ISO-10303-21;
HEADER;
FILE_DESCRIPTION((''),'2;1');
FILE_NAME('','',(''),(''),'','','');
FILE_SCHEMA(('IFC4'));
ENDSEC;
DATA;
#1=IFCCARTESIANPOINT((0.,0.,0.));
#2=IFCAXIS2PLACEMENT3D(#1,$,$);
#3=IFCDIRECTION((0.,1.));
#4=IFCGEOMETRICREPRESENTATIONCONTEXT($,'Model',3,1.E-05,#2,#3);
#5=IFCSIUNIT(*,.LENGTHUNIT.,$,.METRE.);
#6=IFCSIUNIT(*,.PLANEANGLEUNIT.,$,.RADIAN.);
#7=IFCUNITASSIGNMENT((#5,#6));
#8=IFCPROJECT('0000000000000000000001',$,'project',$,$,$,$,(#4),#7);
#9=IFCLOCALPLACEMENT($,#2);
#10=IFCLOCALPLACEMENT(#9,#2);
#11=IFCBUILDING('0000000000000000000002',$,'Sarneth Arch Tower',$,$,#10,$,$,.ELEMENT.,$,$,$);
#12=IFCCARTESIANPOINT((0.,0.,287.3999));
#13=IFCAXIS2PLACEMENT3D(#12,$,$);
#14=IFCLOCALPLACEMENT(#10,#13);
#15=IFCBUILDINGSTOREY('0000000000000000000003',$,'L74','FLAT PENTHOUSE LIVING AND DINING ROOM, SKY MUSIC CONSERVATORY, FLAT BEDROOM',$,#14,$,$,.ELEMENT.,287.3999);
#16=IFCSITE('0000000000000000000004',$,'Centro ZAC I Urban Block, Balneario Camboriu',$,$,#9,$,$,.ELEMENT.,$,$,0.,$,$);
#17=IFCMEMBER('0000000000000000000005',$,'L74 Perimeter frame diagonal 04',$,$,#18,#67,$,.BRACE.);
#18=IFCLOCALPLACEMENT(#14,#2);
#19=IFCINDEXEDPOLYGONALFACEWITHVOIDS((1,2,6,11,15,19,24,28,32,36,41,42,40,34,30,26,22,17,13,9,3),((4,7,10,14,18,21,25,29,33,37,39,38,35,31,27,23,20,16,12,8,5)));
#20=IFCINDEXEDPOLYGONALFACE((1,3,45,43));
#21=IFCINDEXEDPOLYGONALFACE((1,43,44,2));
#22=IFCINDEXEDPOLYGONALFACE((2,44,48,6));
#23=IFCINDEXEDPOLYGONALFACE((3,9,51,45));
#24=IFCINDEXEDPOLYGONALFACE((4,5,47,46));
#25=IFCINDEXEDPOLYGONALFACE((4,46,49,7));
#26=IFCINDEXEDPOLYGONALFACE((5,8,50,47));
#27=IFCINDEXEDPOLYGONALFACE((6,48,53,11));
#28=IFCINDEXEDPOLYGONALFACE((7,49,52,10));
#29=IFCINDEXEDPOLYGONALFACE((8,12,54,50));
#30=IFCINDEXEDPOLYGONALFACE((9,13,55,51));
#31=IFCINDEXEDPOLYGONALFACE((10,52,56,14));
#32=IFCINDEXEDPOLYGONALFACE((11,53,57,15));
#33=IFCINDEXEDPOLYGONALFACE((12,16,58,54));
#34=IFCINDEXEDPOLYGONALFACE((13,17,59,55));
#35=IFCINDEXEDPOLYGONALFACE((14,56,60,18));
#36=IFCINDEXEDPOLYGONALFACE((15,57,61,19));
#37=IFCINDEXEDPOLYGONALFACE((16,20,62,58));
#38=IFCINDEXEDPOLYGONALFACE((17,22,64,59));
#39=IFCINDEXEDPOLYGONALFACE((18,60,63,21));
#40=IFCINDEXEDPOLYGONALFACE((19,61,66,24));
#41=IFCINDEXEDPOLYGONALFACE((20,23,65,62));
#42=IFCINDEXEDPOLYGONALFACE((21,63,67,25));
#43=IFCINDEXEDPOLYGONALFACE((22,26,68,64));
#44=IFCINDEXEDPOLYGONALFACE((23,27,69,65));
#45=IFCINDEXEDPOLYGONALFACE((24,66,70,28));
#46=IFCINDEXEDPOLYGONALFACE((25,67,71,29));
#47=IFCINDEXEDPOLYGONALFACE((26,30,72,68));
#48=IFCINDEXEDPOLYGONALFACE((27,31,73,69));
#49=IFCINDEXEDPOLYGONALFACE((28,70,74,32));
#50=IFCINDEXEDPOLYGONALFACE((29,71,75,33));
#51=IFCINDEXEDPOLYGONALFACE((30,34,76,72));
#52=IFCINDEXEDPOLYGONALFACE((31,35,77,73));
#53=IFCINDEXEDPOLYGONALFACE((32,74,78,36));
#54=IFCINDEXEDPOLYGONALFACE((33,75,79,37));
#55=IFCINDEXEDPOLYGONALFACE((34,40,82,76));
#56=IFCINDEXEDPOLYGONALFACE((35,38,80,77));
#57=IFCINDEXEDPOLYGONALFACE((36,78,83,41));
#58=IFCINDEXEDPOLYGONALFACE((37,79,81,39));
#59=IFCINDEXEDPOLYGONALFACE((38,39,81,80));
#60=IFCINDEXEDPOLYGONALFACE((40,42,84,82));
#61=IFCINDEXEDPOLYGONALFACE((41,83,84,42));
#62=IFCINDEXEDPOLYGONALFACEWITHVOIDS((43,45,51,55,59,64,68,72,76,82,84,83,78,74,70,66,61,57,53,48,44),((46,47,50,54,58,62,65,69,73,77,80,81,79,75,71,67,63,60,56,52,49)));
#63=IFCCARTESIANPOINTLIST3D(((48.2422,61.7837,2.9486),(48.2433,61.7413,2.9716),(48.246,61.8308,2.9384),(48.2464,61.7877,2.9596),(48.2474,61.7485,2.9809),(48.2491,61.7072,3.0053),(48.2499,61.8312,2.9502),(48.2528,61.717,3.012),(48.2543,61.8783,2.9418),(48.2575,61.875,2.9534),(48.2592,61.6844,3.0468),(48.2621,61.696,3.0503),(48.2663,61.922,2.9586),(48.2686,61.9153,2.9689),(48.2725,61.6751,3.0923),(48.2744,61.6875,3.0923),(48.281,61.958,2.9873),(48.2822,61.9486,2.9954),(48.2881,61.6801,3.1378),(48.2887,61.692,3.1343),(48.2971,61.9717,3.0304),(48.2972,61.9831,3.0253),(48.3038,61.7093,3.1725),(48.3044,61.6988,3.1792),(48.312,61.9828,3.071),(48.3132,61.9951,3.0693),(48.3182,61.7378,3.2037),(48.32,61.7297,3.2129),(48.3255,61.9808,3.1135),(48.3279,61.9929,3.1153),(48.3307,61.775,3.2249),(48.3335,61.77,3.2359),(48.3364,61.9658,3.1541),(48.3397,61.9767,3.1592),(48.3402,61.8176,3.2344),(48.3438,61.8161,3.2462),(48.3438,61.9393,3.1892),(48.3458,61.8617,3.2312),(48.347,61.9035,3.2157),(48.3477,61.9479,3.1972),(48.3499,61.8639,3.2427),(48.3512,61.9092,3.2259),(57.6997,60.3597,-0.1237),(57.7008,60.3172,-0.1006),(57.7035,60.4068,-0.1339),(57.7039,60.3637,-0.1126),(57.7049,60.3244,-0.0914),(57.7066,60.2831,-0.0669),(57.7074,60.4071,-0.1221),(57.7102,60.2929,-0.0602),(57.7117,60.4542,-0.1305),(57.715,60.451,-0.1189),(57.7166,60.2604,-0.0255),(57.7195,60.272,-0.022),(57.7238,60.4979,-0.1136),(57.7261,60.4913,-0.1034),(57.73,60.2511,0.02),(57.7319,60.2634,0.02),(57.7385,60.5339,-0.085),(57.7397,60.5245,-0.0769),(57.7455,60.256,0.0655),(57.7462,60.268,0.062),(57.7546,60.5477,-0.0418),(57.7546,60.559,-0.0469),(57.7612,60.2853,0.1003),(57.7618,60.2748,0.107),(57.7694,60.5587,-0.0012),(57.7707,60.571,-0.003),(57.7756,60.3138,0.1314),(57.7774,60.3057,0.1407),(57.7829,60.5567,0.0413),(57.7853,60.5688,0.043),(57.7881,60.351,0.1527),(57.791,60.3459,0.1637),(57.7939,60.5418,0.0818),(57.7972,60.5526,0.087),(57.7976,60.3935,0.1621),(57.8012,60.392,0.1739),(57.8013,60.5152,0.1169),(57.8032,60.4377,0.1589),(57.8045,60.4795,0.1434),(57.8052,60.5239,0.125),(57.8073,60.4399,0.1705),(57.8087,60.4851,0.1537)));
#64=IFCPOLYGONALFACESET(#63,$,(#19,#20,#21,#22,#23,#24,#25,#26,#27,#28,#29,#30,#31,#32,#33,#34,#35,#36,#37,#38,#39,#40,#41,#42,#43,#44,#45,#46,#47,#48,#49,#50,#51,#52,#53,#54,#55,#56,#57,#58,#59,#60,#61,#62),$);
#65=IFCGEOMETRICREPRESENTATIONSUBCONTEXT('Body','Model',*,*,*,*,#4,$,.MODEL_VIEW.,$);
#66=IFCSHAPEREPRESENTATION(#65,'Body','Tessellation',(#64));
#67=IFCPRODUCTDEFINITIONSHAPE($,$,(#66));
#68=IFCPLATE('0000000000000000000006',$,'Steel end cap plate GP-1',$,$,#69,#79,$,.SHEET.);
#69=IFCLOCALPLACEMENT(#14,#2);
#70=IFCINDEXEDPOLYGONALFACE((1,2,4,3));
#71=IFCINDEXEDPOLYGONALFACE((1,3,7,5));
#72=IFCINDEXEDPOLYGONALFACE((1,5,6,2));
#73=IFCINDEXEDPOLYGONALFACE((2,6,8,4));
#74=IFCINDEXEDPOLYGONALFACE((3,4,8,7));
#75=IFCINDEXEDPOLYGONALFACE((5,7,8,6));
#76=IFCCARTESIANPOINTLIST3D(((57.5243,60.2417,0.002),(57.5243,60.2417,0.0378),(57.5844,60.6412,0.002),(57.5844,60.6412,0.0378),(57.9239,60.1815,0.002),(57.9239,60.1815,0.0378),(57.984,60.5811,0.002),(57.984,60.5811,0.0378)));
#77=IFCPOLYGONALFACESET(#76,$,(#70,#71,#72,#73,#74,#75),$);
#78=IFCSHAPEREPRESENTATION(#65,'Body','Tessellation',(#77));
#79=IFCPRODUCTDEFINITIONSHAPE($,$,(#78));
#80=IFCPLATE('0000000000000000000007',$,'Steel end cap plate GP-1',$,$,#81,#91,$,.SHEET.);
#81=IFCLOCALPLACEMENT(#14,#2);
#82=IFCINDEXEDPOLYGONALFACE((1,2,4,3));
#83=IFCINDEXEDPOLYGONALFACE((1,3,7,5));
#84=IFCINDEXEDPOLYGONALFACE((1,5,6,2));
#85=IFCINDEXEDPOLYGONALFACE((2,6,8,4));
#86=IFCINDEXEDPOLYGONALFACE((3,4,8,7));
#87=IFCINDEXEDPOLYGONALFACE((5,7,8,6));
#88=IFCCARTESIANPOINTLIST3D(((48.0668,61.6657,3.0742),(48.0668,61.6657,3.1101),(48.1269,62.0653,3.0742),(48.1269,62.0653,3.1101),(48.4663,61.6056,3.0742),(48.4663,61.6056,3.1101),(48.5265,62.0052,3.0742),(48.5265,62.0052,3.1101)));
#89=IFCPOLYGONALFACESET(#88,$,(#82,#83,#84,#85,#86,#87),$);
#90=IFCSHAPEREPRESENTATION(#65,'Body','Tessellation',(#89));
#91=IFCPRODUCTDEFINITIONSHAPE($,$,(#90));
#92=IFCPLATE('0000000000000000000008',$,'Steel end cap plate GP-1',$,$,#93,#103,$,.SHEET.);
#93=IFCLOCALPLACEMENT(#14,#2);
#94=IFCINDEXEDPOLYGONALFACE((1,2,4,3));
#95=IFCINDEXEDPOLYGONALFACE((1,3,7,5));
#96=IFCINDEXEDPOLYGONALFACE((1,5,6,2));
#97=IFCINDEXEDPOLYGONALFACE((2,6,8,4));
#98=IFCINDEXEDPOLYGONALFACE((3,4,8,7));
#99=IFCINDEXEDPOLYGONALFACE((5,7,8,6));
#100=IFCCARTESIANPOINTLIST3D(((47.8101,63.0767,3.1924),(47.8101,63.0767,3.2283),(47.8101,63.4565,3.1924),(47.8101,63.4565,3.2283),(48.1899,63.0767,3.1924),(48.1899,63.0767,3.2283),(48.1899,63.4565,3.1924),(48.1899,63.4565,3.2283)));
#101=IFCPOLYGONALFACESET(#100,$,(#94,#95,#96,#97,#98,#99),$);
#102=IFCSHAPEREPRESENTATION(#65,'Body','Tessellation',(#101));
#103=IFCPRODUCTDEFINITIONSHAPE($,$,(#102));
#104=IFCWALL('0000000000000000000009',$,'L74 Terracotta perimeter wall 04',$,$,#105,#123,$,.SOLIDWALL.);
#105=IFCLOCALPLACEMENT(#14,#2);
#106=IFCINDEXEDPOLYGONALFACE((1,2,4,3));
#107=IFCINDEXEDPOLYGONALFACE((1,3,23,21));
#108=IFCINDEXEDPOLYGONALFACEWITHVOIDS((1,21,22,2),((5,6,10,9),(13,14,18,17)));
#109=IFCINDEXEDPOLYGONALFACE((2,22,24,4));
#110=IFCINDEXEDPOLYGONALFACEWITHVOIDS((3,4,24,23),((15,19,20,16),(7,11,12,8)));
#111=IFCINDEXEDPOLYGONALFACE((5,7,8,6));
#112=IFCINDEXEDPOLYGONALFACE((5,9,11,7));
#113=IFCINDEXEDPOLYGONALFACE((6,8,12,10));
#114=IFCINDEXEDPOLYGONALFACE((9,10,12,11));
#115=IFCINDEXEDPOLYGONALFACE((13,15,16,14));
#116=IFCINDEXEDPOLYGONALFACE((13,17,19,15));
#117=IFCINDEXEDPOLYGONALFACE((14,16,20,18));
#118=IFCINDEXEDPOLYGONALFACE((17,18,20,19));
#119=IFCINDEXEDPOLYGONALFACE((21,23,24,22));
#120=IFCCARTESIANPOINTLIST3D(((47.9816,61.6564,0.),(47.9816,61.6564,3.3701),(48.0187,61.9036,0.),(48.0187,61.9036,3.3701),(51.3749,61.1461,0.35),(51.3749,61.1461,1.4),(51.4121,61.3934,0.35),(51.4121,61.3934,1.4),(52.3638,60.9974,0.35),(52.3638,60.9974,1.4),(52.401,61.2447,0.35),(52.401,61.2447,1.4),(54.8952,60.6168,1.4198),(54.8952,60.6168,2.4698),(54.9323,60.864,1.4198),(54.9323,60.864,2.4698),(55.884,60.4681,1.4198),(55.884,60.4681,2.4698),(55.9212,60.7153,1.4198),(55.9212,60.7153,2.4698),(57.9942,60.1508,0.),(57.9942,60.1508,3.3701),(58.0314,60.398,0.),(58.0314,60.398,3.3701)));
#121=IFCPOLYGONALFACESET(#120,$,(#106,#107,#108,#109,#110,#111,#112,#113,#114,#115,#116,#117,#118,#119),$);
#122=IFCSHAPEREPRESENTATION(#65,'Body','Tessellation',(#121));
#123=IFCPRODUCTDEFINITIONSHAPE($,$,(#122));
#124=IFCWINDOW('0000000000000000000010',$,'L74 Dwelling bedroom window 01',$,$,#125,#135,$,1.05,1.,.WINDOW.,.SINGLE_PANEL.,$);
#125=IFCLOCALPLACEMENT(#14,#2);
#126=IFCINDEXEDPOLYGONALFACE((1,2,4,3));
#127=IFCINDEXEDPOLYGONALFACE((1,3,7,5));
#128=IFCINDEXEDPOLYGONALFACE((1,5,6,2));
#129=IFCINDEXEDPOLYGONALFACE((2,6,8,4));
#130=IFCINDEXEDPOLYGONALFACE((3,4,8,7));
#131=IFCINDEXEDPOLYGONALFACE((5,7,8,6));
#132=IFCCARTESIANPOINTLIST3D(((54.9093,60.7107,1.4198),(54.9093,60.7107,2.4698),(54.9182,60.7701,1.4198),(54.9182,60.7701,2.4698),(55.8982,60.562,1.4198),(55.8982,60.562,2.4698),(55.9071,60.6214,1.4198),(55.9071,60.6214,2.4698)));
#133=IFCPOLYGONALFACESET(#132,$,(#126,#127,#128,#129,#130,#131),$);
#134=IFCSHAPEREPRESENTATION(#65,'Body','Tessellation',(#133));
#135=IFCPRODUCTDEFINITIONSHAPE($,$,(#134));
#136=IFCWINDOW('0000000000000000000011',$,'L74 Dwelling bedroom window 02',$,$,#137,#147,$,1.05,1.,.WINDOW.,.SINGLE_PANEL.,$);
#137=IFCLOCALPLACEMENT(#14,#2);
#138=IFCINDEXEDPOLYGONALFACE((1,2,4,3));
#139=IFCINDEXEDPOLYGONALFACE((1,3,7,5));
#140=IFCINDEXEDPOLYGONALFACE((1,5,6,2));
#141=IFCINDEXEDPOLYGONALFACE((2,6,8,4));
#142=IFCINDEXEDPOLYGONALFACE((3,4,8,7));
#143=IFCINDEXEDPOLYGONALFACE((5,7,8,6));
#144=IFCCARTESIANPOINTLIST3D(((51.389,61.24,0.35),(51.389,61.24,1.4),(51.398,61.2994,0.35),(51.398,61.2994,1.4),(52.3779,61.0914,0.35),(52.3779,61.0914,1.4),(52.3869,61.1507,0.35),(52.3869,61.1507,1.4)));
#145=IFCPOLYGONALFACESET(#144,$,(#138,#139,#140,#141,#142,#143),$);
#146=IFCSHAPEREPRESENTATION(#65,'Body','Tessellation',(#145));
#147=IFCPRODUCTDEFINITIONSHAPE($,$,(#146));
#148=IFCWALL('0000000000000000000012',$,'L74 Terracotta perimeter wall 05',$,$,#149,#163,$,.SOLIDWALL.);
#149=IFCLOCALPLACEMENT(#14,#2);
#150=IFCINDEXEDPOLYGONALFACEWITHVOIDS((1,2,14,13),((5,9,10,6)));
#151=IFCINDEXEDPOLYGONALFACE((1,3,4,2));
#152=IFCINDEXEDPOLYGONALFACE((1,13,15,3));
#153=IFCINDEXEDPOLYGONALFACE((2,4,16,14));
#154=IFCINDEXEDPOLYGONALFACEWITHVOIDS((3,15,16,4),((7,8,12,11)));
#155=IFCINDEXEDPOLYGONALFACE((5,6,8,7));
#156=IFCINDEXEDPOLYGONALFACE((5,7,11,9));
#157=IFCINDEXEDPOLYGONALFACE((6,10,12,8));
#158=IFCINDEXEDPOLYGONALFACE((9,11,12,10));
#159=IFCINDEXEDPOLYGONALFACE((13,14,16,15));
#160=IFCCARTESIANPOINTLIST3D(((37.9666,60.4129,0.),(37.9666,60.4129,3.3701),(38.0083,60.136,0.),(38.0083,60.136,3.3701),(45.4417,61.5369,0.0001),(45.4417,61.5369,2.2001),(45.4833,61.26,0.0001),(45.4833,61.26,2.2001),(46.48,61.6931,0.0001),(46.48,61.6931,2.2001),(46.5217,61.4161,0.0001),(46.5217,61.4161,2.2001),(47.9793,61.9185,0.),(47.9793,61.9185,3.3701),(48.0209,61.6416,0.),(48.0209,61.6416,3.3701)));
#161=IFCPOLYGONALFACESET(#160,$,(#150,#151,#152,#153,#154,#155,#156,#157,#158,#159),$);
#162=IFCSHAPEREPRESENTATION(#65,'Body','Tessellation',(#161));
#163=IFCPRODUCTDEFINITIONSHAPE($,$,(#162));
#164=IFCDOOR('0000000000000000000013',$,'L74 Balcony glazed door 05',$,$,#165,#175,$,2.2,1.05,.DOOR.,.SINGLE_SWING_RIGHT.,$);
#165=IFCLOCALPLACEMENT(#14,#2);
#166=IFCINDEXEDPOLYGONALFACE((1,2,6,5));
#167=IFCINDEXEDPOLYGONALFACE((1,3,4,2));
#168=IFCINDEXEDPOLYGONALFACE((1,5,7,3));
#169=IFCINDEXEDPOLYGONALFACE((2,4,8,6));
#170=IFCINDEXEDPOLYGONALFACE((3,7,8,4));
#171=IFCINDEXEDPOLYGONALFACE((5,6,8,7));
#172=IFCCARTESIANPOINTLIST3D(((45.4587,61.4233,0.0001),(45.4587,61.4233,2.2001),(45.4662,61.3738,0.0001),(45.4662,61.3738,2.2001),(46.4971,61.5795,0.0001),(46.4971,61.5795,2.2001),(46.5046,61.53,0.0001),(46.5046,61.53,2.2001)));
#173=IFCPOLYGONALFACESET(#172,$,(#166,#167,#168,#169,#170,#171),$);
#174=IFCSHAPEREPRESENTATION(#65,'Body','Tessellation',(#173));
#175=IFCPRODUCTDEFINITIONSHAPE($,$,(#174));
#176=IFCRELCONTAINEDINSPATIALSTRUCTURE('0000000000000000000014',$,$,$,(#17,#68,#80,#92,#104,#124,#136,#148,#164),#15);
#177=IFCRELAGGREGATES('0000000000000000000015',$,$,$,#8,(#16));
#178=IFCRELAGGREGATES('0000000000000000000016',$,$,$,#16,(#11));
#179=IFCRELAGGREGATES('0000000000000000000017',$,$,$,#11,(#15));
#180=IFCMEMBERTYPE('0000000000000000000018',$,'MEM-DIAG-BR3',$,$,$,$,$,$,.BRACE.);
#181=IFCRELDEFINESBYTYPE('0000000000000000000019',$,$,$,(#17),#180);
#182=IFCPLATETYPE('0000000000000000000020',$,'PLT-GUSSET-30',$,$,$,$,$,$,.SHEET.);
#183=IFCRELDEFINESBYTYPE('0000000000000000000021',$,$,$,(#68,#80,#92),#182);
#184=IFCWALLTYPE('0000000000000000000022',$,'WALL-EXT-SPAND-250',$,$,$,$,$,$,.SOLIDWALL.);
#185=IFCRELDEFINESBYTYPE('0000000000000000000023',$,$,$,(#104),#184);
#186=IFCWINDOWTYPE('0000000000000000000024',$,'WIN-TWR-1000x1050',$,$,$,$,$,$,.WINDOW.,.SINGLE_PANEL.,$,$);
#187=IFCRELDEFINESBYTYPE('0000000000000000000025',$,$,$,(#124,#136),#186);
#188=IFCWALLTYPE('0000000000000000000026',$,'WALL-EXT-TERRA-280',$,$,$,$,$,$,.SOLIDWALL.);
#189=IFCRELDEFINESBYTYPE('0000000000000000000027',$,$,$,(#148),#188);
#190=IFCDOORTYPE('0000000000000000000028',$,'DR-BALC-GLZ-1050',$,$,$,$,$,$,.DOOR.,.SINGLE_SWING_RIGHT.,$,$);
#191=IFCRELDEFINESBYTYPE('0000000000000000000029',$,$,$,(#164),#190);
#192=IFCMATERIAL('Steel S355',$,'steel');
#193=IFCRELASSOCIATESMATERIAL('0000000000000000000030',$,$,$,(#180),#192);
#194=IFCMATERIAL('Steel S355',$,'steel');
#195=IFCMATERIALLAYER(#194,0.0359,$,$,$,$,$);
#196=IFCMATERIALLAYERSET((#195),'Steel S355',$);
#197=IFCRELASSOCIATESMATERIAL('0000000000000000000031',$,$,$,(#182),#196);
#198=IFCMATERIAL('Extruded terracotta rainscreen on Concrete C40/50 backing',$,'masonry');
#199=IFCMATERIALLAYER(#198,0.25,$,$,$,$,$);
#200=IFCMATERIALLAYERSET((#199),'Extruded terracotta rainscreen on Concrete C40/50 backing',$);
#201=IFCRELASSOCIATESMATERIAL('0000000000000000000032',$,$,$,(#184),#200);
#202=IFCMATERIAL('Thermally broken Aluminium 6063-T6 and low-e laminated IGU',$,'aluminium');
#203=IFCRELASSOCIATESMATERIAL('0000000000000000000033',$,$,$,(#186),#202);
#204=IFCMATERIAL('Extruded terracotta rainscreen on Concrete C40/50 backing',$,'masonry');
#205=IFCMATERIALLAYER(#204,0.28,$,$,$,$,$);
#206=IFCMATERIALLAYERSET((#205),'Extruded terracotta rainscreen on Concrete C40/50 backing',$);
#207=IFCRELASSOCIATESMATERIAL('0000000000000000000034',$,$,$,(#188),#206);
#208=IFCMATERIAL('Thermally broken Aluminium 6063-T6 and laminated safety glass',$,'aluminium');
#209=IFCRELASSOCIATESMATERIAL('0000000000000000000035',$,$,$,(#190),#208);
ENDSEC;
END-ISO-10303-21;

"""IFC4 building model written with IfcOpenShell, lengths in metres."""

from ifc_helpers import new_model, si_unit, direction, frame, frame_2d, origin, origin_2d, place, context, subcontext, project, spatial, rectangle, hollow_circle, extrude, material, layer, layer_set, material_profile, profile_set, type_object, element, fill, save


model = new_model("IFC4")

# Units and contexts
model_context = context("Model", 3, precision=1e-05, world=origin(), true_north=direction((0.0, 1.0)))
body_context = subcontext(model_context, "Body", "Model", "MODEL_VIEW")
ifc_project = project(units=[si_unit("LENGTHUNIT", "METRE"), si_unit("PLANEANGLEUNIT", "RADIAN")], contexts=[model_context])

# Site, building, storey
site_placement = place(None, origin())
site = spatial("IfcSite", under=ifc_project, at=site_placement, Name="Centro ZAC I Urban Block, Balneario Camboriu", CompositionType="ELEMENT", RefElevation=0.0)
building_placement = place(site_placement, origin())
building = spatial("IfcBuilding", under=site, at=building_placement, Name="Sarneth Arch Tower", CompositionType="ELEMENT")
storey_placement = place(building_placement, frame((0.0, 0.0, 287.3999)))
storey = spatial("IfcBuildingStorey", under=building, at=storey_placement, Name="L74", Description="FLAT PENTHOUSE LIVING AND DINING ROOM, SKY MUSIC CONSERVATORY, FLAT BEDROOM", CompositionType="ELEMENT", Elevation=287.3999)

# Member
ifc_material_1 = material(Name="Steel S355", Category="steel")
ifc_material_profile_1 = material_profile(ifc_material_1, hollow_circle(Radius=0.1621, WallThickness=0.0125, at=origin_2d()), Name="CHS324x12.5")
ifc_profile_set_1 = profile_set([ifc_material_profile_1], Name="Steel S355")
member_type_1 = type_object("IfcMemberType", Name="MEM-DIAG-BR3", PredefinedType="BRACE", material=ifc_profile_set_1)
member_1_placement = place(storey_placement, frame((57.7542, 60.4114, 0.02), z_axis=(-0.941471, 0.141763, 0.305836), x_axis=(-0.148897, -0.988853, 0.0)))
element("IfcMember", 1, at=member_1_placement, inside=storey, type_object=member_type_1, Name="L74 Perimeter frame diagonal 04", PredefinedType="BRACE", context=body_context, shape_type="SweptSolid", body=[
    extrude(hollow_circle(Radius=0.1621, WallThickness=0.0125, at=origin_2d()), origin(), (0.0, 0.0, 1.0), 10.0454),
])

# Plates
ifc_material_2 = material(Name="Steel S355", Category="steel")
ifc_layer_1 = layer(ifc_material_2, 0.0359)
ifc_layer_set_1 = layer_set([ifc_layer_1], Name="Steel S355")
plate_type = type_object("IfcPlateType", Name="PLT-GUSSET-30", PredefinedType="SHEET", material=ifc_layer_set_1)
for number, where, z_axis, x_axis, name in (
    (2, (57.7542, 60.4114, 0.002), (0.0, 0.0, 1.0), (-0.988861, 0.148845, 0.0), "Steel end cap plate GP-1"),
    (3, (48.2966, 61.8354, 3.0742), (0.0, 0.0, 1.0), (-0.988861, 0.148845, 0.0), "Steel end cap plate GP-1"),
):
    element("IfcPlate", number, at=place(storey_placement, frame(where, z_axis=z_axis, x_axis=x_axis)), inside=storey, type_object=plate_type, Name=name, PredefinedType="SHEET", context=body_context, shape_type="SweptSolid", body=[
        extrude(rectangle(XDim=0.4041, YDim=0.4041, at=origin_2d()), origin(), (0.0, 0.0, 1.0), 0.0359),
    ])
plate_placement = place(storey_placement, frame((48.0, 63.2666, 3.1924), z_axis=(0.0, 0.0, 1.0), x_axis=(0.0, 1.0, 0.0)))
element("IfcPlate", 4, at=plate_placement, inside=storey, type_object=plate_type, Name="Steel end cap plate GP-1", PredefinedType="SHEET", context=body_context, shape_type="SweptSolid", body=[
    extrude(rectangle(XDim=0.3799, YDim=0.3799, at=origin_2d()), origin(), (0.0, 0.0, 1.0), 0.0359),
])

# Wall, openings, windows
ifc_material_3 = material(Name="Extruded terracotta rainscreen on Concrete C40/50 backing", Category="masonry")
ifc_layer_2 = layer(ifc_material_3, 0.25)
ifc_layer_set_2 = layer_set([ifc_layer_2], Name="Extruded terracotta rainscreen on Concrete C40/50 backing")
wall_type_1 = type_object("IfcWallType", Name="WALL-EXT-SPAND-250", PredefinedType="SOLIDWALL", material=ifc_layer_set_2)
wall_1_placement = place(storey_placement, frame((58.0127, 60.2744, 0.0), z_axis=(0.0, 0.0, 1.0), x_axis=(-0.988883, 0.148699, 0.0)))
wall_1 = element("IfcWall", 5, at=wall_1_placement, inside=storey, type_object=wall_type_1, Name="L74 Terracotta perimeter wall 04", PredefinedType="SOLIDWALL", context=body_context, shape_type="SweptSolid", body=[
    extrude(rectangle(XDim=10.1252, YDim=0.25, at=frame_2d((5.0625, 0.0))), origin(), (0.0, 0.0, 1.0), 3.3701),
])
opening_1_placement = place(wall_1_placement, frame((2.1338, 0.0, 1.4199)))
opening_1 = element("IfcOpeningElement", 6, at=opening_1_placement, cuts=wall_1, PredefinedType="OPENING", context=body_context, shape_type="SweptSolid", body=[
    extrude(rectangle(XDim=1.0, YDim=1.05, at=frame_2d((0.5, 0.5249))), frame((0.0, 0.135, 0.0), z_axis=(0.0, -1.0, 0.0), x_axis=(1.0, 0.0, 0.0)), (0.0, 0.0, 1.0), 0.27),
])
opening_2_placement = place(wall_1_placement, frame((5.6936, 0.0, 0.3501)))
opening_2 = element("IfcOpeningElement", 7, at=opening_2_placement, cuts=wall_1, PredefinedType="OPENING", context=body_context, shape_type="SweptSolid", body=[
    extrude(rectangle(XDim=1.0, YDim=1.05, at=frame_2d((0.5, 0.5249))), frame((0.0, 0.135, 0.0), z_axis=(0.0, -1.0, 0.0), x_axis=(1.0, 0.0, 0.0)), (0.0, 0.0, 1.0), 0.27),
])
ifc_material_4 = material(Name="Thermally broken Aluminium 6063-T6 and low-e laminated IGU", Category="aluminium")
window_type = type_object("IfcWindowType", Name="WIN-TWR-1000x1050", PartitioningType="SINGLE_PANEL", PredefinedType="WINDOW", material=ifc_material_4)
window_1_placement = place(opening_1_placement, origin())
window_1 = element("IfcWindow", 8, at=window_1_placement, inside=storey, type_object=window_type, Name="L74 Dwelling bedroom window 01", OverallHeight=1.05, OverallWidth=1.0, PartitioningType="SINGLE_PANEL", PredefinedType="WINDOW", context=body_context, shape_type="SweptSolid", body=[
    extrude(rectangle(XDim=1.0, YDim=1.05, at=frame_2d((0.5, 0.5249))), frame((0.0, 0.03, 0.0), z_axis=(0.0, -1.0, 0.0), x_axis=(1.0, 0.0, 0.0)), (0.0, 0.0, 1.0), 0.0601),
])
fill(opening_1, window_1)
window_2_placement = place(opening_2_placement, origin())
window_2 = element("IfcWindow", 9, at=window_2_placement, inside=storey, type_object=window_type, Name="L74 Dwelling bedroom window 02", OverallHeight=1.05, OverallWidth=1.0, PartitioningType="SINGLE_PANEL", PredefinedType="WINDOW", context=body_context, shape_type="SweptSolid", body=[
    extrude(rectangle(XDim=1.0, YDim=1.05, at=frame_2d((0.5, 0.5249))), frame((0.0, 0.03, 0.0), z_axis=(0.0, -1.0, 0.0), x_axis=(1.0, 0.0, 0.0)), (0.0, 0.0, 1.0), 0.0601),
])
fill(opening_2, window_2)

# Wall, opening, door
ifc_material_5 = material(Name="Extruded terracotta rainscreen on Concrete C40/50 backing", Category="masonry")
ifc_layer_3 = layer(ifc_material_5, 0.28)
ifc_layer_set_3 = layer_set([ifc_layer_3], Name="Extruded terracotta rainscreen on Concrete C40/50 backing")
wall_type_2 = type_object("IfcWallType", Name="WALL-EXT-TERRA-280", PredefinedType="SOLIDWALL", material=ifc_layer_set_3)
wall_2_placement = place(storey_placement, frame((48.0, 61.78, 0.0), z_axis=(0.0, 0.0, 1.0), x_axis=(-0.988883, -0.148699, 0.0)))
wall_2 = element("IfcWall", 10, at=wall_2_placement, inside=storey, type_object=wall_type_2, Name="L74 Terracotta perimeter wall 05", PredefinedType="SOLIDWALL", context=body_context, shape_type="SweptSolid", body=[
    extrude(rectangle(XDim=10.1252, YDim=0.28, at=frame_2d((5.0625, 0.0))), origin(), (0.0, 0.0, 1.0), 3.3701),
])
opening_3_placement = place(wall_2_placement, frame((1.5161, 0.0, 0.0)))
opening_3 = element("IfcOpeningElement", 11, at=opening_3_placement, cuts=wall_2, PredefinedType="OPENING", context=body_context, shape_type="SweptSolid", body=[
    extrude(rectangle(XDim=1.05, YDim=2.2, at=frame_2d((0.5249, 1.1001))), frame((0.0, 0.1499, 0.0), z_axis=(0.0, -1.0, 0.0), x_axis=(1.0, 0.0, 0.0)), (0.0, 0.0, 1.0), 0.3),
])
ifc_material_6 = material(Name="Thermally broken Aluminium 6063-T6 and laminated safety glass", Category="aluminium")
door_type_1 = type_object("IfcDoorType", Name="DR-BALC-GLZ-1050", OperationType="SINGLE_SWING_RIGHT", PredefinedType="DOOR", material=ifc_material_6)
door_1_placement = place(opening_3_placement, origin())
door_1 = element("IfcDoor", 12, at=door_1_placement, inside=storey, type_object=door_type_1, Name="L74 Balcony glazed door 05", OperationType="SINGLE_SWING_RIGHT", OverallHeight=2.2, OverallWidth=1.05, PredefinedType="DOOR", context=body_context, shape_type="SweptSolid", body=[
    extrude(rectangle(XDim=1.05, YDim=2.2, at=frame_2d((0.5249, 1.1001))), frame((0.0, 0.0249, 0.0), z_axis=(0.0, -1.0, 0.0), x_axis=(1.0, 0.0, 0.0)), (0.0, 0.0, 1.0), 0.05),
])
fill(opening_3, door_1)

save(model, "model.ifc")
